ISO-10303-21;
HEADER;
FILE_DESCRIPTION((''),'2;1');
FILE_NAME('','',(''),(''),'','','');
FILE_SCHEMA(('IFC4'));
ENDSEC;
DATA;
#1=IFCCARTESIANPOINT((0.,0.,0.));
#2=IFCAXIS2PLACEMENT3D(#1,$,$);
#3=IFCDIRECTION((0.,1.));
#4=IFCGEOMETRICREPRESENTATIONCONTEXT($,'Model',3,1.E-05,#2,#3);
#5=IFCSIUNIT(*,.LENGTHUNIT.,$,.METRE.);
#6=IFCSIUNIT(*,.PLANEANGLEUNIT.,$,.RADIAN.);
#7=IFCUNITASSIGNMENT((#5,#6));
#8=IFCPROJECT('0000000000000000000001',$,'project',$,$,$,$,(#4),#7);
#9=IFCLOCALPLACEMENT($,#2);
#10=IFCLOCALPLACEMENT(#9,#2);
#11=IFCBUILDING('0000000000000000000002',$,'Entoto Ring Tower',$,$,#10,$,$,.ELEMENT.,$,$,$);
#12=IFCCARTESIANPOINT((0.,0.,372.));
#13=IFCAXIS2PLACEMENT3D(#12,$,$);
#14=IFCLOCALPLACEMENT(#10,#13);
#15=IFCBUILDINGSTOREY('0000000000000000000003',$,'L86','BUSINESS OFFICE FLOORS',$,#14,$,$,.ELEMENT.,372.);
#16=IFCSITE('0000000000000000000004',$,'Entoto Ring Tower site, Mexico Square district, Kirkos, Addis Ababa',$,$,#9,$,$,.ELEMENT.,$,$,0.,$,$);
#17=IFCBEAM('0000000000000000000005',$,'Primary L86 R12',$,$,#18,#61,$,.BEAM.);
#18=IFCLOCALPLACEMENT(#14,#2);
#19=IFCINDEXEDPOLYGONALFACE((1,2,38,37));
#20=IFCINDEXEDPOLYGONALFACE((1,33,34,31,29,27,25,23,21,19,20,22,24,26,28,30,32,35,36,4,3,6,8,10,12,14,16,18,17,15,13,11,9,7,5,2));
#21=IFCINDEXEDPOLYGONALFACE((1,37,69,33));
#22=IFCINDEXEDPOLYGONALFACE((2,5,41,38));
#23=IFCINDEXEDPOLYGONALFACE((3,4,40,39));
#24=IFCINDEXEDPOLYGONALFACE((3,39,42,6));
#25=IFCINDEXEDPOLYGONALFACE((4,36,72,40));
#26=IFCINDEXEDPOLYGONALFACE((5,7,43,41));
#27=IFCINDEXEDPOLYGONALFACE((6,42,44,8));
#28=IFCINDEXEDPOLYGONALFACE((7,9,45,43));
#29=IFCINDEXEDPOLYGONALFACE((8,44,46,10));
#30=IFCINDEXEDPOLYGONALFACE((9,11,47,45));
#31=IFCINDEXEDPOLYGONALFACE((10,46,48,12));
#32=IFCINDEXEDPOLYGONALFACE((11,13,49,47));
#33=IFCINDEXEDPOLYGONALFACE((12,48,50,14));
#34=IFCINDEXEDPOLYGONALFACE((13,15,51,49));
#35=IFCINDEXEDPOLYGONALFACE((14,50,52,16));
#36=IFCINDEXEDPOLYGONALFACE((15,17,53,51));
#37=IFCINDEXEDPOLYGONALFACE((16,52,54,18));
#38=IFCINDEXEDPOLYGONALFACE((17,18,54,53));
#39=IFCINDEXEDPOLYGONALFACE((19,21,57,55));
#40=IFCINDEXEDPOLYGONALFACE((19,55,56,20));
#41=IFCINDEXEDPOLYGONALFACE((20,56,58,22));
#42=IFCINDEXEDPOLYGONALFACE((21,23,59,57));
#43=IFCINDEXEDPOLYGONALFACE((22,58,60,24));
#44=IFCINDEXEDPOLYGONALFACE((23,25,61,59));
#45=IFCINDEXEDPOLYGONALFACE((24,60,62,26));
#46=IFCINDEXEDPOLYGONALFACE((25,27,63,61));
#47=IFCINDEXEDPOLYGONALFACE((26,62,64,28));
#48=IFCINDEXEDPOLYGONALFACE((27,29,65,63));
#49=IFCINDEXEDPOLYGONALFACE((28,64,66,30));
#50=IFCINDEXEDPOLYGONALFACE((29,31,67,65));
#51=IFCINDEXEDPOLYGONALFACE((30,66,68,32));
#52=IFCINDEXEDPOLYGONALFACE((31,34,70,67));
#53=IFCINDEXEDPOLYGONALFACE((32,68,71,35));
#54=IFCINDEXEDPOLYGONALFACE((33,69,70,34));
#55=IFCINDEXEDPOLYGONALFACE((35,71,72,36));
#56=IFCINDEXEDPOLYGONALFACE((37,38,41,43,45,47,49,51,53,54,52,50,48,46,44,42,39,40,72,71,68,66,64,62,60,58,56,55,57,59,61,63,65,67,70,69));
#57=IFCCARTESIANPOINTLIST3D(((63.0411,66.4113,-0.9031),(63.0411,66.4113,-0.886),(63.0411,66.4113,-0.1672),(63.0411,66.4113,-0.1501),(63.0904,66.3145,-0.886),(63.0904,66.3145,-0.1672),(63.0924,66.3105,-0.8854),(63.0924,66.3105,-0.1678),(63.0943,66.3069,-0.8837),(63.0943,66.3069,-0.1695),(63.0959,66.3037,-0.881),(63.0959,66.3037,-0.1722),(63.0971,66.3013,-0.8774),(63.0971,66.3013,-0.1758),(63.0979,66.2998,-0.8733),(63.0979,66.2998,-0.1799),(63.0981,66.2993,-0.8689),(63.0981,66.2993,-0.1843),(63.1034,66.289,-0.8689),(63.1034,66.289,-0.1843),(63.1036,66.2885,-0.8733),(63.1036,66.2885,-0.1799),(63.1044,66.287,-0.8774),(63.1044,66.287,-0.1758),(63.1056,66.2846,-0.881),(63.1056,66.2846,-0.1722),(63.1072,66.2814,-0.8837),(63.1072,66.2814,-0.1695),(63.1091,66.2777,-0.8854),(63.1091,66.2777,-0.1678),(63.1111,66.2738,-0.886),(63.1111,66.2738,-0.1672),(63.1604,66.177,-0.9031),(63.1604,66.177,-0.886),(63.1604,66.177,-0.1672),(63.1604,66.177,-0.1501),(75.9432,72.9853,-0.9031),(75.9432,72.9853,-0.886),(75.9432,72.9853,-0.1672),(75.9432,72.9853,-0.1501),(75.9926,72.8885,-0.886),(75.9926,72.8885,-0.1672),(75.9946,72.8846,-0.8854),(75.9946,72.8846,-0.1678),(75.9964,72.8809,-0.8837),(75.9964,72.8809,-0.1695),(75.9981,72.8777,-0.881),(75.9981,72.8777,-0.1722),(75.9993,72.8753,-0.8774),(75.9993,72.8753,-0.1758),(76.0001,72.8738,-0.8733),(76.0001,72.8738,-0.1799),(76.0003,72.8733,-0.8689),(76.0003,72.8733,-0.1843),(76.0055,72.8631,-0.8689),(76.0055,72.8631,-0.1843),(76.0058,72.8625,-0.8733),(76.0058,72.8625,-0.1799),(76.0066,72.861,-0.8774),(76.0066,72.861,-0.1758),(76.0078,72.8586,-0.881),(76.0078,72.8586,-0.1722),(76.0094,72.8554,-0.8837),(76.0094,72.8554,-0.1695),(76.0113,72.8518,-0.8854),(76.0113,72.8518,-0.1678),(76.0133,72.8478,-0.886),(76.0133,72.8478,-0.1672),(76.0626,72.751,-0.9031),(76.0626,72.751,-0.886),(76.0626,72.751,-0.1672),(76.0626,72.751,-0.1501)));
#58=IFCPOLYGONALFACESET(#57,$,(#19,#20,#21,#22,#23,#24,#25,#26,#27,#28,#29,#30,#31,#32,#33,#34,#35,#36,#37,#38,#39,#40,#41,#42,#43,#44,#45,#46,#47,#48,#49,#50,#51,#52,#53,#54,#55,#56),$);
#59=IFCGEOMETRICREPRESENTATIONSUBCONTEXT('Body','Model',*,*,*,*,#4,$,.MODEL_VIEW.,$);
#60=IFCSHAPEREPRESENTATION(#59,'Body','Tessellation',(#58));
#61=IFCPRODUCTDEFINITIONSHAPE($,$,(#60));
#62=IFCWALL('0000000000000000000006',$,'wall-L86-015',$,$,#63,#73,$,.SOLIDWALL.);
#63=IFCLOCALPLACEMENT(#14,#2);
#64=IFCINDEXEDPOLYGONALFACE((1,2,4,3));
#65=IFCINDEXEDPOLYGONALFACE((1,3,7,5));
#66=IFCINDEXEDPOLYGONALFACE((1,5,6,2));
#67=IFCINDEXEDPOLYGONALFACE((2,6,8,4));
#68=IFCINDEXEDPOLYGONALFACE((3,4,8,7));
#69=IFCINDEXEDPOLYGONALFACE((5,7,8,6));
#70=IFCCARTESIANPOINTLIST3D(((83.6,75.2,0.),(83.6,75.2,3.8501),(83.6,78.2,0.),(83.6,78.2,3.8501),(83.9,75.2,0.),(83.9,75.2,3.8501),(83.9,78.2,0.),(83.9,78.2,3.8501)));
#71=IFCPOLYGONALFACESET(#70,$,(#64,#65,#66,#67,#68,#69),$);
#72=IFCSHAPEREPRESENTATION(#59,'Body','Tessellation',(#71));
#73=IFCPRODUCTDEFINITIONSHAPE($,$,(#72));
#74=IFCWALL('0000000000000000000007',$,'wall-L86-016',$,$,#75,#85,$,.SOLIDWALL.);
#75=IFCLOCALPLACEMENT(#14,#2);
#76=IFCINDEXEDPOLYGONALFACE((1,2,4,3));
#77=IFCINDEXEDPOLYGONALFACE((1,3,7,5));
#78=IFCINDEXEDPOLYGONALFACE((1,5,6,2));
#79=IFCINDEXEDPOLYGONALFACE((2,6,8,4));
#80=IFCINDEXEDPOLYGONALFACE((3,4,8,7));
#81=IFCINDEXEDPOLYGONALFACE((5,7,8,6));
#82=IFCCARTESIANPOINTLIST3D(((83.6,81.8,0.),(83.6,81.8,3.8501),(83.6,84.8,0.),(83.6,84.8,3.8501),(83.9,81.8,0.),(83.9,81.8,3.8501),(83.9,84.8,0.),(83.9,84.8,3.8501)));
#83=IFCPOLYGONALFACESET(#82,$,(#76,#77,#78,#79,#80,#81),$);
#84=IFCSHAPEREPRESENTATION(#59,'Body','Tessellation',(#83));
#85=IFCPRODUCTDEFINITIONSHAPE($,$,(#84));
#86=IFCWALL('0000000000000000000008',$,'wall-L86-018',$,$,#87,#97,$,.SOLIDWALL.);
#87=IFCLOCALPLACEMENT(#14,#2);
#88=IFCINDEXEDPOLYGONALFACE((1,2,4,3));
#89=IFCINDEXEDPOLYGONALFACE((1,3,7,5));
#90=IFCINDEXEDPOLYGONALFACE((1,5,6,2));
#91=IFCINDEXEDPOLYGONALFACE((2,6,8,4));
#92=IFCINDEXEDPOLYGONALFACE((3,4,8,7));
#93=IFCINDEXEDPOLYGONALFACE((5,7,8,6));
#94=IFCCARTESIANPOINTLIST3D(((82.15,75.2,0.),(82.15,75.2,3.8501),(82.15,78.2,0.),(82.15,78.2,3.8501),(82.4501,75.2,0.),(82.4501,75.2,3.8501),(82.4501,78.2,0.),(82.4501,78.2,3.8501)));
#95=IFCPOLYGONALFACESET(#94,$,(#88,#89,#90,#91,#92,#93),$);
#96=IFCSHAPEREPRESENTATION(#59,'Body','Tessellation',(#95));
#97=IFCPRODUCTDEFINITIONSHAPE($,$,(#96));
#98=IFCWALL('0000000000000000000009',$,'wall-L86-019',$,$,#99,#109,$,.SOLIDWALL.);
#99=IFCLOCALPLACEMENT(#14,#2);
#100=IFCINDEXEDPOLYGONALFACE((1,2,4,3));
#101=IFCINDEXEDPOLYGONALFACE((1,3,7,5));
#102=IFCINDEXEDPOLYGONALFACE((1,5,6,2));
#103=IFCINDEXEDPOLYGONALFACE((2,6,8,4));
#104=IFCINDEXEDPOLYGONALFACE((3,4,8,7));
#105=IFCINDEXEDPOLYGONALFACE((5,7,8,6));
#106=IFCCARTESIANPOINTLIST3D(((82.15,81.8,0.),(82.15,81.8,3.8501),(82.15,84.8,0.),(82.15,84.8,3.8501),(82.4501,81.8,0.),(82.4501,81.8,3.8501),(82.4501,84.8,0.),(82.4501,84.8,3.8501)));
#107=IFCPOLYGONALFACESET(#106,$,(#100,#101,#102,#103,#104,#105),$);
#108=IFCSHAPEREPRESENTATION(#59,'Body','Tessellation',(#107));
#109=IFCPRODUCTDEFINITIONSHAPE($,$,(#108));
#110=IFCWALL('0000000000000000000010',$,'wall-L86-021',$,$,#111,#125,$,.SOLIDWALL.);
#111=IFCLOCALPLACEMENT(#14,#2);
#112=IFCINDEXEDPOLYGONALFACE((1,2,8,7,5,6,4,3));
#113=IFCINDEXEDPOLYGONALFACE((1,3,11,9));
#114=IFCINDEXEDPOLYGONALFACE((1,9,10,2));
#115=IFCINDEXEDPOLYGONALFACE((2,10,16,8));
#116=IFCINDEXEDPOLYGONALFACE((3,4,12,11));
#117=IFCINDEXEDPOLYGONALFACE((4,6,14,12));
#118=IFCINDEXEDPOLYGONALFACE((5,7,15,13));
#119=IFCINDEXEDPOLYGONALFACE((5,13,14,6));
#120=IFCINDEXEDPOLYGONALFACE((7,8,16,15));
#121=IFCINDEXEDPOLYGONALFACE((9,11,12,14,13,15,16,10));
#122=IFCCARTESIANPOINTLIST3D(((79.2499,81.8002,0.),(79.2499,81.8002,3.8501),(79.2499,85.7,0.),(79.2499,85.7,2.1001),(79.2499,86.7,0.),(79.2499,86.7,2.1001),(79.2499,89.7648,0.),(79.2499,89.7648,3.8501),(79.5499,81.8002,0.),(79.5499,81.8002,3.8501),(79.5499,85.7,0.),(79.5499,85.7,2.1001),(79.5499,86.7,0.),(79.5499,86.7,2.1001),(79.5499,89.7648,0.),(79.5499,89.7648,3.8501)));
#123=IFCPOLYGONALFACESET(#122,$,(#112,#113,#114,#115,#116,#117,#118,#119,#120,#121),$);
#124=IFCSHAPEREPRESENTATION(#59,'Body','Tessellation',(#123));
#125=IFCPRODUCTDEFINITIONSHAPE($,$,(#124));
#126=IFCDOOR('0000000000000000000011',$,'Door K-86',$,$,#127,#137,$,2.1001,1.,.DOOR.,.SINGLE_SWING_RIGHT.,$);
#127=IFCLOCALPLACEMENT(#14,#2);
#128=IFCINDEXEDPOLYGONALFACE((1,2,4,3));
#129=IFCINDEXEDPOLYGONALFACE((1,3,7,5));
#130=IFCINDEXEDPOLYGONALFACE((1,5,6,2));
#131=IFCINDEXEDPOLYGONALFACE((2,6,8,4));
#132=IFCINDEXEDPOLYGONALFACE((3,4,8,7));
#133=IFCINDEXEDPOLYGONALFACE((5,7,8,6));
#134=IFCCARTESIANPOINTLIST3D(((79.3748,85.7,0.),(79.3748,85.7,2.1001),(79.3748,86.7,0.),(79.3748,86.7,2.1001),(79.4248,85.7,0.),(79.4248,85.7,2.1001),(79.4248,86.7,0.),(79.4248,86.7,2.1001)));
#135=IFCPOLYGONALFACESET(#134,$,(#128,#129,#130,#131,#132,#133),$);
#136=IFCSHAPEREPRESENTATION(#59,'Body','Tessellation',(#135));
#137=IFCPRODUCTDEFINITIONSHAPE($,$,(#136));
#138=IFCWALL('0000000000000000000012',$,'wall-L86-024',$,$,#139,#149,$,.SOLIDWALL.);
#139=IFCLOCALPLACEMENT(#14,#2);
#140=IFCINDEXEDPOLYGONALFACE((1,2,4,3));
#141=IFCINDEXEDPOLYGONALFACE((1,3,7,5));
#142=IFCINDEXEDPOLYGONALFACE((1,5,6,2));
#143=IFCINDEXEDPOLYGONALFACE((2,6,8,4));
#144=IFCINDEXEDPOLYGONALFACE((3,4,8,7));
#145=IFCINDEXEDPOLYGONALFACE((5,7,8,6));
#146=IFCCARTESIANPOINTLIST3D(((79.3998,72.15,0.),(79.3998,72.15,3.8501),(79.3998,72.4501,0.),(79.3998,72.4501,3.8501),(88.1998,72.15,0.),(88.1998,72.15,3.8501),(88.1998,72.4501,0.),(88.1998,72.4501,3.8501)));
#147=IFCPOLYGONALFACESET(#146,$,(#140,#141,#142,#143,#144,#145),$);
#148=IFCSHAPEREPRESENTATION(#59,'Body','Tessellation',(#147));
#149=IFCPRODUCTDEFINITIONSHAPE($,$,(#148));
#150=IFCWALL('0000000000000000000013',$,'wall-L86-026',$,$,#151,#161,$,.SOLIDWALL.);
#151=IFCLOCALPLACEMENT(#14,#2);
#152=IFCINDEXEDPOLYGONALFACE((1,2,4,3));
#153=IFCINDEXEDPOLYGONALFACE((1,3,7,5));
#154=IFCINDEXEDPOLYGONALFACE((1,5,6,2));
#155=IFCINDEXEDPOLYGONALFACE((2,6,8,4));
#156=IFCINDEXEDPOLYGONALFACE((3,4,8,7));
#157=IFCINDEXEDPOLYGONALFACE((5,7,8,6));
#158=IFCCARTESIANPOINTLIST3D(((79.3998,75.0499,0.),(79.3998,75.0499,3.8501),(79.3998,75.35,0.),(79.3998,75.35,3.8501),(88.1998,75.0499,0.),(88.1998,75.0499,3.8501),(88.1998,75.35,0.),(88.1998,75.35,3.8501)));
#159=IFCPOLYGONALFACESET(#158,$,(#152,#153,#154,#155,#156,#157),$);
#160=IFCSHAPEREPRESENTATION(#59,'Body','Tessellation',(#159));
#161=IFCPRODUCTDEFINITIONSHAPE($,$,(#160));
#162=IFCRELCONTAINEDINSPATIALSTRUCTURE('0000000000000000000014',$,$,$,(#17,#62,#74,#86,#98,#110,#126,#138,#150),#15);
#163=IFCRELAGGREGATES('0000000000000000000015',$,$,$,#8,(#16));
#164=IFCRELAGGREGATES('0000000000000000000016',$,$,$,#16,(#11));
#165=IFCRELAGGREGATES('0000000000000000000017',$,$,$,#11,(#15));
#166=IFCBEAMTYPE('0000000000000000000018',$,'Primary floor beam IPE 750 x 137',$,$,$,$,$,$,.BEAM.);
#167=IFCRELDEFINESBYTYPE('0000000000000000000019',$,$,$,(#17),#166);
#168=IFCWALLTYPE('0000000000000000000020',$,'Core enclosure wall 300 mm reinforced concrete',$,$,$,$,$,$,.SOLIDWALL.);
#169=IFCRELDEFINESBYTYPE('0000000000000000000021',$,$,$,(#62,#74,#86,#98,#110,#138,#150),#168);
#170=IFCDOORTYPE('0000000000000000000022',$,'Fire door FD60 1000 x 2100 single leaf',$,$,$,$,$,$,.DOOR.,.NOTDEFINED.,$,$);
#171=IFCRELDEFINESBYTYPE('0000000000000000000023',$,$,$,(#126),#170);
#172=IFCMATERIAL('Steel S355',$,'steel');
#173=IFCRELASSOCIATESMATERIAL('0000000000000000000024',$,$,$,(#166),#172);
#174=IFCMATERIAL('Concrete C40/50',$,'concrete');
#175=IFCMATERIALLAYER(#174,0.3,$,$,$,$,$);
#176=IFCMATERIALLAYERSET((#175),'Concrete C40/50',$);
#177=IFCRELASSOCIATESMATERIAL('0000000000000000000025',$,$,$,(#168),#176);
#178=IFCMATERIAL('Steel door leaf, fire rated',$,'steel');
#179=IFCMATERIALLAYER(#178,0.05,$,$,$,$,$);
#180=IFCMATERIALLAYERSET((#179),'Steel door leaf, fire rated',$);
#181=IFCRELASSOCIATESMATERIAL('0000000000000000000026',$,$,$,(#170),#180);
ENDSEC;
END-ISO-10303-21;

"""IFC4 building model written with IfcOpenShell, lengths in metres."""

from ifc_helpers import new_model, si_unit, direction, frame, frame_2d, origin, origin_2d, place, context, subcontext, project, spatial, rectangle, i_section, extrude, material, layer, layer_set, material_profile, profile_set, type_object, element, fill, save


model = new_model("IFC4")

# Units and contexts
model_context = context("Model", 3, precision=1e-05, world=origin(), true_north=direction((0.0, 1.0)))
body_context = subcontext(model_context, "Body", "Model", "MODEL_VIEW")
ifc_project = project(units=[si_unit("LENGTHUNIT", "METRE"), si_unit("PLANEANGLEUNIT", "RADIAN")], contexts=[model_context])

# Site, building, storey
site_placement = place(None, origin())
site = spatial("IfcSite", under=ifc_project, at=site_placement, Name="Entoto Ring Tower site, Mexico Square district, Kirkos, Addis Ababa", CompositionType="ELEMENT", RefElevation=0.0)
building_placement = place(site_placement, origin())
building = spatial("IfcBuilding", under=site, at=building_placement, Name="Entoto Ring Tower", CompositionType="ELEMENT")
storey_placement = place(building_placement, frame((0.0, 0.0, 372.0)))
storey = spatial("IfcBuildingStorey", under=building, at=storey_placement, Name="L86", Description="BUSINESS OFFICE FLOORS", CompositionType="ELEMENT", Elevation=372.0)

# Beam
ifc_material_1 = material(Name="Steel S355", Category="steel")
ifc_material_profile = material_profile(ifc_material_1, i_section(OverallWidth=0.2629, OverallDepth=0.7529, WebThickness=0.0115, FlangeThickness=0.0171, FilletRadius=0.0171, at=origin_2d()), Name="IPE 750 x 137")
ifc_profile_set = profile_set([ifc_material_profile], Name="Steel S355")
beam_type = type_object("IfcBeamType", Name="Primary floor beam IPE 750 x 137", PredefinedType="BEAM", material=ifc_profile_set)
beam_placement = place(storey_placement, frame((76.0029, 72.8682, -0.5266), z_axis=(-0.891006, -0.453992, 0.0), x_axis=(0.453992, -0.891006, 0.0)))
element("IfcBeam", 1, at=beam_placement, inside=storey, type_object=beam_type, Name="Primary L86 R12", PredefinedType="BEAM", context=body_context, shape_type="SweptSolid", body=[
    extrude(i_section(OverallWidth=0.2629, OverallDepth=0.7529, WebThickness=0.0115, FlangeThickness=0.0171, FilletRadius=0.0171, at=origin_2d()), origin(), (0.0, 0.0, 1.0), 14.4805),
])

# Walls
ifc_material_2 = material(Name="Concrete C40/50", Category="concrete")
ifc_layer_1 = layer(ifc_material_2, 0.3)
ifc_layer_set_1 = layer_set([ifc_layer_1], Name="Concrete C40/50")
wall_type = type_object("IfcWallType", Name="Core enclosure wall 300 mm reinforced concrete", PredefinedType="SOLIDWALL", material=ifc_layer_set_1)
for number, where, z_axis, x_axis, name in (
    (2, (83.75, 75.2, 0.0), (0.0, 0.0, 1.0), (0.0, 1.0, 0.0), "wall-L86-015"),
    (3, (83.75, 81.8, 0.0), (0.0, 0.0, 1.0), (0.0, 1.0, 0.0), "wall-L86-016"),
    (4, (82.3, 75.2, 0.0), (0.0, 0.0, 1.0), (0.0, 1.0, 0.0), "wall-L86-018"),
    (5, (82.3, 81.8, 0.0), (0.0, 0.0, 1.0), (0.0, 1.0, 0.0), "wall-L86-019"),
):
    element("IfcWall", number, at=place(storey_placement, frame(where, z_axis=z_axis, x_axis=x_axis)), inside=storey, type_object=wall_type, Name=name, PredefinedType="SOLIDWALL", context=body_context, shape_type="SweptSolid", body=[
        extrude(rectangle(XDim=3.0, YDim=0.3, at=frame_2d((1.5, 0.0))), origin(), (0.0, 0.0, 1.0), 3.8501),
    ])

# Wall, opening, door
wall_1_placement = place(storey_placement, frame((79.3999, 81.8, 0.0), z_axis=(0.0, 0.0, 1.0), x_axis=(0.0, 1.0, 0.0)))
wall_1 = element("IfcWall", 6, at=wall_1_placement, inside=storey, type_object=wall_type, Name="wall-L86-021", PredefinedType="SOLIDWALL", context=body_context, shape_type="SweptSolid", body=[
    extrude(rectangle(XDim=7.9646, YDim=0.3, at=frame_2d((3.9824, 0.0))), origin(), (0.0, 0.0, 1.0), 3.8501),
])
opening_1_placement = place(wall_1_placement, frame((3.8999, 0.0, 0.0)))
opening_1 = element("IfcOpeningElement", 7, at=opening_1_placement, cuts=wall_1, PredefinedType="OPENING", context=body_context, shape_type="SweptSolid", body=[
    extrude(rectangle(XDim=1.0, YDim=2.1001, at=frame_2d((0.5, 1.05))), frame((0.0, 0.1602, 0.0), z_axis=(0.0, -1.0, 0.0), x_axis=(1.0, 0.0, 0.0)), (0.0, 0.0, 1.0), 0.3201),
])
ifc_material_3 = material(Name="Steel door leaf, fire rated", Category="steel")
ifc_layer_2 = layer(ifc_material_3, 0.05)
ifc_layer_set_2 = layer_set([ifc_layer_2], Name="Steel door leaf, fire rated")
door_type_1 = type_object("IfcDoorType", Name="Fire door FD60 1000 x 2100 single leaf", OperationType="NOTDEFINED", PredefinedType="DOOR", material=ifc_layer_set_2)
door_1_placement = place(opening_1_placement, frame((1.0, 0.0, 0.0), z_axis=(0.0, 0.0, 1.0), x_axis=(-1.0, 0.0, 0.0)))
door_1 = element("IfcDoor", 8, at=door_1_placement, inside=storey, type_object=door_type_1, Name="Door K-86", OperationType="SINGLE_SWING_RIGHT", OverallHeight=2.1001, OverallWidth=1.0, PredefinedType="DOOR", context=body_context, shape_type="SweptSolid", body=[
    extrude(rectangle(XDim=1.0, YDim=2.1001, at=frame_2d((0.5, 1.05))), frame((0.0, 0.0249, 0.0), z_axis=(0.0, -1.0, 0.0), x_axis=(1.0, 0.0, 0.0)), (0.0, 0.0, 1.0), 0.05),
])
fill(opening_1, door_1)

# Walls
for number, where, z_axis, x_axis, name in (
    (9, (79.3999, 72.3, 0.0), (0.0, 0.0, 1.0), (1.0, 0.0, 0.0), "wall-L86-024"),
    (10, (79.3999, 75.2, 0.0), (0.0, 0.0, 1.0), (1.0, 0.0, 0.0), "wall-L86-026"),
):
    element("IfcWall", number, at=place(storey_placement, frame(where, z_axis=z_axis, x_axis=x_axis)), inside=storey, type_object=wall_type, Name=name, PredefinedType="SOLIDWALL", context=body_context, shape_type="SweptSolid", body=[
        extrude(rectangle(XDim=8.8, YDim=0.3, at=frame_2d((4.3999, 0.0))), origin(), (0.0, 0.0, 1.0), 3.8501),
    ])

save(model, "model.ifc")
